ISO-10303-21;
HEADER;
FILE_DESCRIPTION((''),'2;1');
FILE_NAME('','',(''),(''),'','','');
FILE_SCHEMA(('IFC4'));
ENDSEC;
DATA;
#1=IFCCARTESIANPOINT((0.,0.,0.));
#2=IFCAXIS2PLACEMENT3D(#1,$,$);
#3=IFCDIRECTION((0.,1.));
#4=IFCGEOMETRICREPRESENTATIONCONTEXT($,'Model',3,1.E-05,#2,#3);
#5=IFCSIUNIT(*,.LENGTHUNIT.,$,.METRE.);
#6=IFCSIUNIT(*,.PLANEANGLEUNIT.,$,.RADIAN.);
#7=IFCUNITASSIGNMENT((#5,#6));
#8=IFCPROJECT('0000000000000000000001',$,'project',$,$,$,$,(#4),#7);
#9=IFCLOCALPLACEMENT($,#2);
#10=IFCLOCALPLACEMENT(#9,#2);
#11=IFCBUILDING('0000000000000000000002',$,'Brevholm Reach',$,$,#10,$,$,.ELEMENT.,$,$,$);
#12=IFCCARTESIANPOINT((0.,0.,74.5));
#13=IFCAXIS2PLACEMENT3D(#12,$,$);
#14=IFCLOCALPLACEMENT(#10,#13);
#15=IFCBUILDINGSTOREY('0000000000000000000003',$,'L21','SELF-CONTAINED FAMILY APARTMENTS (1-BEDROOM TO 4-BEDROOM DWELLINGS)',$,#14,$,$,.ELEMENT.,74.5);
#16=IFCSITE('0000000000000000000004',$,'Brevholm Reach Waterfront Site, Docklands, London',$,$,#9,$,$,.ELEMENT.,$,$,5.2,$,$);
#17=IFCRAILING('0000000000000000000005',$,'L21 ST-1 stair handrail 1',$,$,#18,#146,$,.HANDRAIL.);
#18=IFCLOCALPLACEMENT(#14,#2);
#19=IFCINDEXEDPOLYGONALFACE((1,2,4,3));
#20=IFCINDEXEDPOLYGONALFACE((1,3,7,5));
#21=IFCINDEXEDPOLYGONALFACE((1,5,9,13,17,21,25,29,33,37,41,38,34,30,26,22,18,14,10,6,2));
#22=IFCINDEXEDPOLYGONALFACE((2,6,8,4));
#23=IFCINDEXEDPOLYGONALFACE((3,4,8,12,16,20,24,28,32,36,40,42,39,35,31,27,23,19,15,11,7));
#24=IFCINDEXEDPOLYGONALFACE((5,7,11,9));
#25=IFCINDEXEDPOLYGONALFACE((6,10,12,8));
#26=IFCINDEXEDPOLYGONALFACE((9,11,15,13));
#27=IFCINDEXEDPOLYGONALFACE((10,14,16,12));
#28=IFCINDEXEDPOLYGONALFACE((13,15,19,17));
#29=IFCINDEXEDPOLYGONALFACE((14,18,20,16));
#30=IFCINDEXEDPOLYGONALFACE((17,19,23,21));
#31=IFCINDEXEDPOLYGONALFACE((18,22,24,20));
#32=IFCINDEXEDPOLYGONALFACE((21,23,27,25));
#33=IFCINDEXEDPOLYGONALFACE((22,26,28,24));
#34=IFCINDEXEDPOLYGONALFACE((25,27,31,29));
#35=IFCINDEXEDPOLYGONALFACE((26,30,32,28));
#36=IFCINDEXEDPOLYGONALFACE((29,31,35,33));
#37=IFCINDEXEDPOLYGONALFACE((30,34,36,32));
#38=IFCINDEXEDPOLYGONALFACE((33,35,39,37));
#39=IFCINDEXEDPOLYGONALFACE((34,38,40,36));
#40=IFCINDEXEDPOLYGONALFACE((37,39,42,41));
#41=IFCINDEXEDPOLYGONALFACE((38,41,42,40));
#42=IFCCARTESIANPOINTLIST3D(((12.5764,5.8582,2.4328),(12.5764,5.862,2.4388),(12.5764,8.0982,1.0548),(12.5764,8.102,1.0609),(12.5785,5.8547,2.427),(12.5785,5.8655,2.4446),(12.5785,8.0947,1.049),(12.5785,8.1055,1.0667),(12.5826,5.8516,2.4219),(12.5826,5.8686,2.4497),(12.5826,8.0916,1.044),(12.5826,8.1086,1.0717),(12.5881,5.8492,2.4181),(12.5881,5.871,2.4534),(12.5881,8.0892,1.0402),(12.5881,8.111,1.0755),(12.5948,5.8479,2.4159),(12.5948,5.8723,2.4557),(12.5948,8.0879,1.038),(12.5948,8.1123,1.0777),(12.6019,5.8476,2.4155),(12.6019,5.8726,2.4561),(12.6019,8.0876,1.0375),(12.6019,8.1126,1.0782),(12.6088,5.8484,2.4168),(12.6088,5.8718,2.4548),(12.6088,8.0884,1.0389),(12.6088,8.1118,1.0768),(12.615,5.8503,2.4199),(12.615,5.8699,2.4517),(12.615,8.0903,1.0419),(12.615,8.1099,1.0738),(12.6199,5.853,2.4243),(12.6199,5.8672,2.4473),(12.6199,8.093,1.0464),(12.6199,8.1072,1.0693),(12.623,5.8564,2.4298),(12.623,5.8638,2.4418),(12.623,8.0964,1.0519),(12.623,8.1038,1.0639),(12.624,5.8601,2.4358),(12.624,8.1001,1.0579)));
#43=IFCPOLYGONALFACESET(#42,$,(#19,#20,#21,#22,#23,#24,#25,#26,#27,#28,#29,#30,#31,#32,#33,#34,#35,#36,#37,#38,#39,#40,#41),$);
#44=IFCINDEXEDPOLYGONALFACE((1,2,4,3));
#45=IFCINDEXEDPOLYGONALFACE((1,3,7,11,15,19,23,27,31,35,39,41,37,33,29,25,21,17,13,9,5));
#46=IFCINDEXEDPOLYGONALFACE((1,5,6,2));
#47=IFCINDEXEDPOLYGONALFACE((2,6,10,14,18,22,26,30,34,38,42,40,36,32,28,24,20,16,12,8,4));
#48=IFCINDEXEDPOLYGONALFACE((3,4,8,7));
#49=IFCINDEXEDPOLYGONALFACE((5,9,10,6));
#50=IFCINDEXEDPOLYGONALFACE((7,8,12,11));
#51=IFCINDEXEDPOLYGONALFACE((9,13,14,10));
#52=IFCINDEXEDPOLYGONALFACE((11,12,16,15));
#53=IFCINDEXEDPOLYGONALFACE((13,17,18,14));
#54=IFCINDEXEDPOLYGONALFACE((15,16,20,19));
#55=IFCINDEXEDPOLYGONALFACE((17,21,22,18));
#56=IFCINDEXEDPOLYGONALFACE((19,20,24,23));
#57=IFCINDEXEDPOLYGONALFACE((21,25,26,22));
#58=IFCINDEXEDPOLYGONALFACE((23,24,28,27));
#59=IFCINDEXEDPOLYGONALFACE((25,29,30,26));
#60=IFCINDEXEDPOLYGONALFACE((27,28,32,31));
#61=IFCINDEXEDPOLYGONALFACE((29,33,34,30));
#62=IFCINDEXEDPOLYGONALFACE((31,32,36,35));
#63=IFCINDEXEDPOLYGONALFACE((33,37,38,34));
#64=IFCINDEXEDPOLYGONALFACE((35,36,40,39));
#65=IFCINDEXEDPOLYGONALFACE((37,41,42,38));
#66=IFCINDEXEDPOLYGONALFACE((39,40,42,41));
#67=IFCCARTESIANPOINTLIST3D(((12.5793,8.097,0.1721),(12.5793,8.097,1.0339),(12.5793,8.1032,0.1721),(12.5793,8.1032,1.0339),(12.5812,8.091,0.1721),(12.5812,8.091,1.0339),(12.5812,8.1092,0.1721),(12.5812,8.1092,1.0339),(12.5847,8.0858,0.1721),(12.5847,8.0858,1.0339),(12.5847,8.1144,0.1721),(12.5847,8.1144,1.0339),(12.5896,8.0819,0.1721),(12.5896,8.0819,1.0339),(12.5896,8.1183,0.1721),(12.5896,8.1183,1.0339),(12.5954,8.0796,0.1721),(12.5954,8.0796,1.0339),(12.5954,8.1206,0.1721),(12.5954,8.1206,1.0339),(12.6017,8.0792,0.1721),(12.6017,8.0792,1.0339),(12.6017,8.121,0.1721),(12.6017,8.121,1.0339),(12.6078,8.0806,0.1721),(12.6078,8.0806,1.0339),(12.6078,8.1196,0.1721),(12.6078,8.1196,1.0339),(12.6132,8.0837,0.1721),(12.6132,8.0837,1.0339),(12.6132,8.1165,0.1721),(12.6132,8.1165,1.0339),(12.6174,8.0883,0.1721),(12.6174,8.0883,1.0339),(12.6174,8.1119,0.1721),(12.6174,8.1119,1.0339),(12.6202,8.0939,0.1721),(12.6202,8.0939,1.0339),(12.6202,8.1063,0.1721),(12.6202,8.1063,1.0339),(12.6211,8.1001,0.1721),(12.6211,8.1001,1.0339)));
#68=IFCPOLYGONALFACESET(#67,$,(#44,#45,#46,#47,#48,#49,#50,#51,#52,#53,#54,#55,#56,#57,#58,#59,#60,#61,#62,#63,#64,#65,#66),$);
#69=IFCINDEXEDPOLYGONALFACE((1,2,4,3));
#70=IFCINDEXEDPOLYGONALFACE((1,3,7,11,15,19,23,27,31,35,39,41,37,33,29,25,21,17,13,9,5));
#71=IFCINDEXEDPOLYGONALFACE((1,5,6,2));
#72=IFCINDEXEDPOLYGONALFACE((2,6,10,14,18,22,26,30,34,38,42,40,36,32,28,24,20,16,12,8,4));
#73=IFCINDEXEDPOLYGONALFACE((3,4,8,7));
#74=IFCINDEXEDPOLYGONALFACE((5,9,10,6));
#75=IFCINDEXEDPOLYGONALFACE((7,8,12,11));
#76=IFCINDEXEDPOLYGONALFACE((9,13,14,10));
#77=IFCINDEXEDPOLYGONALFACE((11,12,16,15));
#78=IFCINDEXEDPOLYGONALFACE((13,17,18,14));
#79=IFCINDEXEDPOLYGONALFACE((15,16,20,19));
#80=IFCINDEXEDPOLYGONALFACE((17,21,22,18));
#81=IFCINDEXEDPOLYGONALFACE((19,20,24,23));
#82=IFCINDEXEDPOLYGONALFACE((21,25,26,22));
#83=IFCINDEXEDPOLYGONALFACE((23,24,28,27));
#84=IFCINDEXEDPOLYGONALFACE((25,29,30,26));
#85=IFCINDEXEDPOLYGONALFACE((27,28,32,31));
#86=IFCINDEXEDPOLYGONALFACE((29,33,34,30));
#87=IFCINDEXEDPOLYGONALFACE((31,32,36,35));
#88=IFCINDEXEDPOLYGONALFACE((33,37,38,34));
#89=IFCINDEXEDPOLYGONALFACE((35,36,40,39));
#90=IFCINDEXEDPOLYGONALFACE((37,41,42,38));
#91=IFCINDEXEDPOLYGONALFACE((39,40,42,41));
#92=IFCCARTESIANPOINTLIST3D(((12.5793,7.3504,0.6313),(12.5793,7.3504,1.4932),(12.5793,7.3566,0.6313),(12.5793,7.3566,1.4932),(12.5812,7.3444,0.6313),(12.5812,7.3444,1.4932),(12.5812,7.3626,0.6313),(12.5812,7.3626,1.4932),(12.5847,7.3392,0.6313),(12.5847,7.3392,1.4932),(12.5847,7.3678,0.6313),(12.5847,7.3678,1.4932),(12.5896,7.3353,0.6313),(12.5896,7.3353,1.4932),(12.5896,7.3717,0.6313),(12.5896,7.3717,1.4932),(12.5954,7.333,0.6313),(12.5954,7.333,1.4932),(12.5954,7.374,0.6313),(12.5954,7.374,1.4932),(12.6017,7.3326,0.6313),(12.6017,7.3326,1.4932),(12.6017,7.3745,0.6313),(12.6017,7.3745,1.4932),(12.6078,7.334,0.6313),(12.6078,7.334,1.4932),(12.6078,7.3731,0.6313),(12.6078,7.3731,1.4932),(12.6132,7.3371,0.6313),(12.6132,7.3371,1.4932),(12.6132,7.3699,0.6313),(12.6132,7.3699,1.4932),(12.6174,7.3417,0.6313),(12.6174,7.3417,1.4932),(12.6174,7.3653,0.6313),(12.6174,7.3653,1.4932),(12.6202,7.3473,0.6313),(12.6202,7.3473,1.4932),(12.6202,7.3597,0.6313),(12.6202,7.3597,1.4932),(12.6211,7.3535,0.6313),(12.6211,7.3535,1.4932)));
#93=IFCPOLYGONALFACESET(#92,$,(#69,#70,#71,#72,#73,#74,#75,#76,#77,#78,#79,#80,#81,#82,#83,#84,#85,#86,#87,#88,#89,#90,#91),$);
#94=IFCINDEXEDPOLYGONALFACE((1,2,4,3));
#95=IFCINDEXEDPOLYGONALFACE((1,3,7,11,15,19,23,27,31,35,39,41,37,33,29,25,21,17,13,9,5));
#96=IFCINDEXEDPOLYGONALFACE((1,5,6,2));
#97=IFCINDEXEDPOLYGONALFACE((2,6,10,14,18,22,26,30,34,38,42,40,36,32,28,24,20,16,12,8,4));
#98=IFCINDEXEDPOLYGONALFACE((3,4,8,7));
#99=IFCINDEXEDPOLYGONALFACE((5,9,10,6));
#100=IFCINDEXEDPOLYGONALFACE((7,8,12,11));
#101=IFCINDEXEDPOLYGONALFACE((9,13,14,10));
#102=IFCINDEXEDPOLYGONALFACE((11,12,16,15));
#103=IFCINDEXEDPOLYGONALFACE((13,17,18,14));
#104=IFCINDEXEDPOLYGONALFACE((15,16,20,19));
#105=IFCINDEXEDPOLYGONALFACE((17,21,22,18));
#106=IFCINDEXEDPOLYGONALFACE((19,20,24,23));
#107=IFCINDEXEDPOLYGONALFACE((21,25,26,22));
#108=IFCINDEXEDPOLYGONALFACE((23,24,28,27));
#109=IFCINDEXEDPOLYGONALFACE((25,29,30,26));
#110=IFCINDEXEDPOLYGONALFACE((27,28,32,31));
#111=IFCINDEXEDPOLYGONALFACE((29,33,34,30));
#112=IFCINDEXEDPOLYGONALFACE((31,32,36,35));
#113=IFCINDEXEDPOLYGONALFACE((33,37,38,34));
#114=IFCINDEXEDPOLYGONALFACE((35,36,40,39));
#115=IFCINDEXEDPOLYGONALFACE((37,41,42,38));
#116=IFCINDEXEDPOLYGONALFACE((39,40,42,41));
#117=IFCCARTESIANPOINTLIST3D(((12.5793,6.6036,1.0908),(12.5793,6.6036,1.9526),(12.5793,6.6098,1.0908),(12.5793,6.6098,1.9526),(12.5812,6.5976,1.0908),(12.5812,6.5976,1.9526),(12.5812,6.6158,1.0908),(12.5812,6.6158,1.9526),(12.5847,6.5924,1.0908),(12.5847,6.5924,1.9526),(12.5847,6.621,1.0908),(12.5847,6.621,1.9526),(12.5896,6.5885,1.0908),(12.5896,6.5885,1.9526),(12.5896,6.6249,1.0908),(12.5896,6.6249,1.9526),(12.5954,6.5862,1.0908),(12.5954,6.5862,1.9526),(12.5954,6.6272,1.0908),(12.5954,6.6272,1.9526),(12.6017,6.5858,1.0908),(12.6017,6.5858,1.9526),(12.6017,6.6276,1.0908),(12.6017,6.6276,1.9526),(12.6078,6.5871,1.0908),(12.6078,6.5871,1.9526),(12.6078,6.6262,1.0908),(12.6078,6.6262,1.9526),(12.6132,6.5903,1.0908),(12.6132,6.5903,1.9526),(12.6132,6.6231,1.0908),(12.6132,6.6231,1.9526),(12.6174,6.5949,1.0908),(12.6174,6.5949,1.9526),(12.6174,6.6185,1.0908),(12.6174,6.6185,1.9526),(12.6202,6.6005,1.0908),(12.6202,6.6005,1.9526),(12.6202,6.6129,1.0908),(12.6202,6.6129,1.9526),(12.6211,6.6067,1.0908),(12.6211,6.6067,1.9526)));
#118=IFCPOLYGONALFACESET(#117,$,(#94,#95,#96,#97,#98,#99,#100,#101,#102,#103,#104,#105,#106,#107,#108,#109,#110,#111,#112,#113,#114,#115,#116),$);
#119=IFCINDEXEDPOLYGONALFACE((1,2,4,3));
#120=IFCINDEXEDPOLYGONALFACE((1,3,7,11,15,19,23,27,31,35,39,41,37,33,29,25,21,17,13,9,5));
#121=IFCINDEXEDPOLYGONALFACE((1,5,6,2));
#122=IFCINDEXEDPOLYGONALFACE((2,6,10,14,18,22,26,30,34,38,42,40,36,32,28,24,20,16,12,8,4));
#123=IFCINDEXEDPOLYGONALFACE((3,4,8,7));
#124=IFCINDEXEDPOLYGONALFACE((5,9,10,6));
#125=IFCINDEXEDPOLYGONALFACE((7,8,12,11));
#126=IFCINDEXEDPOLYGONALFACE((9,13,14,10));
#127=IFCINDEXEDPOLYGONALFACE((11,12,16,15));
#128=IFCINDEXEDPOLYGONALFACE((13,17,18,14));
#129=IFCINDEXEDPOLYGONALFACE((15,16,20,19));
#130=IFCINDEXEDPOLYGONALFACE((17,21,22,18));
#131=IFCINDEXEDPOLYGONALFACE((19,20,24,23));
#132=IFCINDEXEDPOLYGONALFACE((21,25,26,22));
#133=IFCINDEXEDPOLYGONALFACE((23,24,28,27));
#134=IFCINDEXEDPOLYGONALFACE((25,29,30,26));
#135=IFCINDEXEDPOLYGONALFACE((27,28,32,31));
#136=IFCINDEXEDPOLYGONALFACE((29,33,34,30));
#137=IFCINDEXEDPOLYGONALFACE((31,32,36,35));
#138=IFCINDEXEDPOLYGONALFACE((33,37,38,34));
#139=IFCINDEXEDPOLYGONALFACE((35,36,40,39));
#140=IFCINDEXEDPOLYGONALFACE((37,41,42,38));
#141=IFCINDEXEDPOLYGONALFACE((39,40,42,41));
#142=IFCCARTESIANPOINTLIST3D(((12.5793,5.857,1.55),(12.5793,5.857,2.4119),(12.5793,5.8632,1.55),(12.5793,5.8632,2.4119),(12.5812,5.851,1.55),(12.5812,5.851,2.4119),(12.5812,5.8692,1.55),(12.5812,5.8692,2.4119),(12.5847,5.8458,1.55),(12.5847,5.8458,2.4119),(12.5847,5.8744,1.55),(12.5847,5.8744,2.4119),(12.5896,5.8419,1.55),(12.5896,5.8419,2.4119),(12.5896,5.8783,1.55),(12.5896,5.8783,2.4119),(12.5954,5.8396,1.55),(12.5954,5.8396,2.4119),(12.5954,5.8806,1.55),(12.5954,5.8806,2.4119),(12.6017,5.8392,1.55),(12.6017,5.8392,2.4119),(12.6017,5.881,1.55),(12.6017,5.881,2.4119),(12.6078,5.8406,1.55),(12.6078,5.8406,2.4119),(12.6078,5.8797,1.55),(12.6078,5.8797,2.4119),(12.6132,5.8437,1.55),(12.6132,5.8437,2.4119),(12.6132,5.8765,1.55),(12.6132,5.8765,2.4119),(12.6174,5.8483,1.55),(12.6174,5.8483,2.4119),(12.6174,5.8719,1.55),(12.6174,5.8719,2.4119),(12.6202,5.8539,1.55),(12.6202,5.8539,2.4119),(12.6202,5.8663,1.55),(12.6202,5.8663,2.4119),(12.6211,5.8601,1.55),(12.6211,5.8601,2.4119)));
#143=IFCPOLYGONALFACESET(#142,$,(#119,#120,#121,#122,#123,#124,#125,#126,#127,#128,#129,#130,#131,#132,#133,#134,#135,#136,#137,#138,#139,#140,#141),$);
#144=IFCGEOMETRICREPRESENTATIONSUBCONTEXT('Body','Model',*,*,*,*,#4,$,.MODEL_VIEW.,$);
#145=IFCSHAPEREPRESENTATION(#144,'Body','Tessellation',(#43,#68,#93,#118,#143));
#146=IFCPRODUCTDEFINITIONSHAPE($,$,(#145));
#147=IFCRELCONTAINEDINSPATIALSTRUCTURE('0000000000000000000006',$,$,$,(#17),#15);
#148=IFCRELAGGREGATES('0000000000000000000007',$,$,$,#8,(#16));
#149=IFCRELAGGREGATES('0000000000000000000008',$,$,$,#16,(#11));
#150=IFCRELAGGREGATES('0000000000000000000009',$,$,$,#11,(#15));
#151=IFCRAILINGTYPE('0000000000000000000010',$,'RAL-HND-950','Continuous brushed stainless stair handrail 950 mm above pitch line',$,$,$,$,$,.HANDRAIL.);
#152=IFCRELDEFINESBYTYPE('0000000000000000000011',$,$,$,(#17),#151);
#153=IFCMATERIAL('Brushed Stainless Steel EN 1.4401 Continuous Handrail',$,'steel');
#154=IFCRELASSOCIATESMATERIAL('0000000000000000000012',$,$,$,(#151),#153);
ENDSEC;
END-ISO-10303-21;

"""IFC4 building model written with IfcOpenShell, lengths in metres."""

from ifc_helpers import new_model, si_unit, direction, frame, origin, origin_2d, place, context, subcontext, project, spatial, circle, extrude, material, type_object, element, save


model = new_model("IFC4")

# Units and contexts
model_context = context("Model", 3, precision=1e-05, world=origin(), true_north=direction((0.0, 1.0)))
body_context = subcontext(model_context, "Body", "Model", "MODEL_VIEW")
ifc_project = project(units=[si_unit("LENGTHUNIT", "METRE"), si_unit("PLANEANGLEUNIT", "RADIAN")], contexts=[model_context])

# Site, building, storey
site_placement = place(None, origin())
site = spatial("IfcSite", under=ifc_project, at=site_placement, Name="Brevholm Reach Waterfront Site, Docklands, London", CompositionType="ELEMENT", RefElevation=5.2)
building_placement = place(site_placement, origin())
building = spatial("IfcBuilding", under=site, at=building_placement, Name="Brevholm Reach", CompositionType="ELEMENT")
storey_placement = place(building_placement, frame((0.0, 0.0, 74.5)))
storey = spatial("IfcBuildingStorey", under=building, at=storey_placement, Name="L21", Description="SELF-CONTAINED FAMILY APARTMENTS (1-BEDROOM TO 4-BEDROOM DWELLINGS)", CompositionType="ELEMENT", Elevation=74.5)

# Railing
ifc_material_1 = material(Name="Brushed Stainless Steel EN 1.4401 Continuous Handrail", Category="steel")
railing_type_1 = type_object("IfcRailingType", Name="RAL-HND-950", Description="Continuous brushed stainless stair handrail 950 mm above pitch line", PredefinedType="HANDRAIL", material=ifc_material_1)
railing_1_placement = place(storey_placement, frame((12.6001, 8.1001, 0.1721)))
element("IfcRailing", 1, at=railing_1_placement, inside=storey, type_object=railing_type_1, Name="L21 ST-1 stair handrail 1", PredefinedType="HANDRAIL", context=body_context, shape_type="SweptSolid", body=[
    extrude(circle(Radius=0.0239, at=origin_2d()), frame((0.0, 0.0, 0.8857), z_axis=(0.0, -0.851748, 0.523952), x_axis=(1.0, 0.0, 0.0)), (0.0, 0.0, 1.0), 2.6299),
    extrude(circle(Radius=0.021, at=origin_2d()), origin(), (0.0, 0.0, 1.0), 0.8618),
    extrude(circle(Radius=0.021, at=origin_2d()), frame((0.0, -0.7466, 0.4592)), (0.0, 0.0, 1.0), 0.8618),
    extrude(circle(Radius=0.021, at=origin_2d()), frame((0.0, -1.4934, 0.9187)), (0.0, 0.0, 1.0), 0.8618),
    extrude(circle(Radius=0.021, at=origin_2d()), frame((0.0, -2.24, 1.3779)), (0.0, 0.0, 1.0), 0.8618),
])

save(model, "model.ifc")
